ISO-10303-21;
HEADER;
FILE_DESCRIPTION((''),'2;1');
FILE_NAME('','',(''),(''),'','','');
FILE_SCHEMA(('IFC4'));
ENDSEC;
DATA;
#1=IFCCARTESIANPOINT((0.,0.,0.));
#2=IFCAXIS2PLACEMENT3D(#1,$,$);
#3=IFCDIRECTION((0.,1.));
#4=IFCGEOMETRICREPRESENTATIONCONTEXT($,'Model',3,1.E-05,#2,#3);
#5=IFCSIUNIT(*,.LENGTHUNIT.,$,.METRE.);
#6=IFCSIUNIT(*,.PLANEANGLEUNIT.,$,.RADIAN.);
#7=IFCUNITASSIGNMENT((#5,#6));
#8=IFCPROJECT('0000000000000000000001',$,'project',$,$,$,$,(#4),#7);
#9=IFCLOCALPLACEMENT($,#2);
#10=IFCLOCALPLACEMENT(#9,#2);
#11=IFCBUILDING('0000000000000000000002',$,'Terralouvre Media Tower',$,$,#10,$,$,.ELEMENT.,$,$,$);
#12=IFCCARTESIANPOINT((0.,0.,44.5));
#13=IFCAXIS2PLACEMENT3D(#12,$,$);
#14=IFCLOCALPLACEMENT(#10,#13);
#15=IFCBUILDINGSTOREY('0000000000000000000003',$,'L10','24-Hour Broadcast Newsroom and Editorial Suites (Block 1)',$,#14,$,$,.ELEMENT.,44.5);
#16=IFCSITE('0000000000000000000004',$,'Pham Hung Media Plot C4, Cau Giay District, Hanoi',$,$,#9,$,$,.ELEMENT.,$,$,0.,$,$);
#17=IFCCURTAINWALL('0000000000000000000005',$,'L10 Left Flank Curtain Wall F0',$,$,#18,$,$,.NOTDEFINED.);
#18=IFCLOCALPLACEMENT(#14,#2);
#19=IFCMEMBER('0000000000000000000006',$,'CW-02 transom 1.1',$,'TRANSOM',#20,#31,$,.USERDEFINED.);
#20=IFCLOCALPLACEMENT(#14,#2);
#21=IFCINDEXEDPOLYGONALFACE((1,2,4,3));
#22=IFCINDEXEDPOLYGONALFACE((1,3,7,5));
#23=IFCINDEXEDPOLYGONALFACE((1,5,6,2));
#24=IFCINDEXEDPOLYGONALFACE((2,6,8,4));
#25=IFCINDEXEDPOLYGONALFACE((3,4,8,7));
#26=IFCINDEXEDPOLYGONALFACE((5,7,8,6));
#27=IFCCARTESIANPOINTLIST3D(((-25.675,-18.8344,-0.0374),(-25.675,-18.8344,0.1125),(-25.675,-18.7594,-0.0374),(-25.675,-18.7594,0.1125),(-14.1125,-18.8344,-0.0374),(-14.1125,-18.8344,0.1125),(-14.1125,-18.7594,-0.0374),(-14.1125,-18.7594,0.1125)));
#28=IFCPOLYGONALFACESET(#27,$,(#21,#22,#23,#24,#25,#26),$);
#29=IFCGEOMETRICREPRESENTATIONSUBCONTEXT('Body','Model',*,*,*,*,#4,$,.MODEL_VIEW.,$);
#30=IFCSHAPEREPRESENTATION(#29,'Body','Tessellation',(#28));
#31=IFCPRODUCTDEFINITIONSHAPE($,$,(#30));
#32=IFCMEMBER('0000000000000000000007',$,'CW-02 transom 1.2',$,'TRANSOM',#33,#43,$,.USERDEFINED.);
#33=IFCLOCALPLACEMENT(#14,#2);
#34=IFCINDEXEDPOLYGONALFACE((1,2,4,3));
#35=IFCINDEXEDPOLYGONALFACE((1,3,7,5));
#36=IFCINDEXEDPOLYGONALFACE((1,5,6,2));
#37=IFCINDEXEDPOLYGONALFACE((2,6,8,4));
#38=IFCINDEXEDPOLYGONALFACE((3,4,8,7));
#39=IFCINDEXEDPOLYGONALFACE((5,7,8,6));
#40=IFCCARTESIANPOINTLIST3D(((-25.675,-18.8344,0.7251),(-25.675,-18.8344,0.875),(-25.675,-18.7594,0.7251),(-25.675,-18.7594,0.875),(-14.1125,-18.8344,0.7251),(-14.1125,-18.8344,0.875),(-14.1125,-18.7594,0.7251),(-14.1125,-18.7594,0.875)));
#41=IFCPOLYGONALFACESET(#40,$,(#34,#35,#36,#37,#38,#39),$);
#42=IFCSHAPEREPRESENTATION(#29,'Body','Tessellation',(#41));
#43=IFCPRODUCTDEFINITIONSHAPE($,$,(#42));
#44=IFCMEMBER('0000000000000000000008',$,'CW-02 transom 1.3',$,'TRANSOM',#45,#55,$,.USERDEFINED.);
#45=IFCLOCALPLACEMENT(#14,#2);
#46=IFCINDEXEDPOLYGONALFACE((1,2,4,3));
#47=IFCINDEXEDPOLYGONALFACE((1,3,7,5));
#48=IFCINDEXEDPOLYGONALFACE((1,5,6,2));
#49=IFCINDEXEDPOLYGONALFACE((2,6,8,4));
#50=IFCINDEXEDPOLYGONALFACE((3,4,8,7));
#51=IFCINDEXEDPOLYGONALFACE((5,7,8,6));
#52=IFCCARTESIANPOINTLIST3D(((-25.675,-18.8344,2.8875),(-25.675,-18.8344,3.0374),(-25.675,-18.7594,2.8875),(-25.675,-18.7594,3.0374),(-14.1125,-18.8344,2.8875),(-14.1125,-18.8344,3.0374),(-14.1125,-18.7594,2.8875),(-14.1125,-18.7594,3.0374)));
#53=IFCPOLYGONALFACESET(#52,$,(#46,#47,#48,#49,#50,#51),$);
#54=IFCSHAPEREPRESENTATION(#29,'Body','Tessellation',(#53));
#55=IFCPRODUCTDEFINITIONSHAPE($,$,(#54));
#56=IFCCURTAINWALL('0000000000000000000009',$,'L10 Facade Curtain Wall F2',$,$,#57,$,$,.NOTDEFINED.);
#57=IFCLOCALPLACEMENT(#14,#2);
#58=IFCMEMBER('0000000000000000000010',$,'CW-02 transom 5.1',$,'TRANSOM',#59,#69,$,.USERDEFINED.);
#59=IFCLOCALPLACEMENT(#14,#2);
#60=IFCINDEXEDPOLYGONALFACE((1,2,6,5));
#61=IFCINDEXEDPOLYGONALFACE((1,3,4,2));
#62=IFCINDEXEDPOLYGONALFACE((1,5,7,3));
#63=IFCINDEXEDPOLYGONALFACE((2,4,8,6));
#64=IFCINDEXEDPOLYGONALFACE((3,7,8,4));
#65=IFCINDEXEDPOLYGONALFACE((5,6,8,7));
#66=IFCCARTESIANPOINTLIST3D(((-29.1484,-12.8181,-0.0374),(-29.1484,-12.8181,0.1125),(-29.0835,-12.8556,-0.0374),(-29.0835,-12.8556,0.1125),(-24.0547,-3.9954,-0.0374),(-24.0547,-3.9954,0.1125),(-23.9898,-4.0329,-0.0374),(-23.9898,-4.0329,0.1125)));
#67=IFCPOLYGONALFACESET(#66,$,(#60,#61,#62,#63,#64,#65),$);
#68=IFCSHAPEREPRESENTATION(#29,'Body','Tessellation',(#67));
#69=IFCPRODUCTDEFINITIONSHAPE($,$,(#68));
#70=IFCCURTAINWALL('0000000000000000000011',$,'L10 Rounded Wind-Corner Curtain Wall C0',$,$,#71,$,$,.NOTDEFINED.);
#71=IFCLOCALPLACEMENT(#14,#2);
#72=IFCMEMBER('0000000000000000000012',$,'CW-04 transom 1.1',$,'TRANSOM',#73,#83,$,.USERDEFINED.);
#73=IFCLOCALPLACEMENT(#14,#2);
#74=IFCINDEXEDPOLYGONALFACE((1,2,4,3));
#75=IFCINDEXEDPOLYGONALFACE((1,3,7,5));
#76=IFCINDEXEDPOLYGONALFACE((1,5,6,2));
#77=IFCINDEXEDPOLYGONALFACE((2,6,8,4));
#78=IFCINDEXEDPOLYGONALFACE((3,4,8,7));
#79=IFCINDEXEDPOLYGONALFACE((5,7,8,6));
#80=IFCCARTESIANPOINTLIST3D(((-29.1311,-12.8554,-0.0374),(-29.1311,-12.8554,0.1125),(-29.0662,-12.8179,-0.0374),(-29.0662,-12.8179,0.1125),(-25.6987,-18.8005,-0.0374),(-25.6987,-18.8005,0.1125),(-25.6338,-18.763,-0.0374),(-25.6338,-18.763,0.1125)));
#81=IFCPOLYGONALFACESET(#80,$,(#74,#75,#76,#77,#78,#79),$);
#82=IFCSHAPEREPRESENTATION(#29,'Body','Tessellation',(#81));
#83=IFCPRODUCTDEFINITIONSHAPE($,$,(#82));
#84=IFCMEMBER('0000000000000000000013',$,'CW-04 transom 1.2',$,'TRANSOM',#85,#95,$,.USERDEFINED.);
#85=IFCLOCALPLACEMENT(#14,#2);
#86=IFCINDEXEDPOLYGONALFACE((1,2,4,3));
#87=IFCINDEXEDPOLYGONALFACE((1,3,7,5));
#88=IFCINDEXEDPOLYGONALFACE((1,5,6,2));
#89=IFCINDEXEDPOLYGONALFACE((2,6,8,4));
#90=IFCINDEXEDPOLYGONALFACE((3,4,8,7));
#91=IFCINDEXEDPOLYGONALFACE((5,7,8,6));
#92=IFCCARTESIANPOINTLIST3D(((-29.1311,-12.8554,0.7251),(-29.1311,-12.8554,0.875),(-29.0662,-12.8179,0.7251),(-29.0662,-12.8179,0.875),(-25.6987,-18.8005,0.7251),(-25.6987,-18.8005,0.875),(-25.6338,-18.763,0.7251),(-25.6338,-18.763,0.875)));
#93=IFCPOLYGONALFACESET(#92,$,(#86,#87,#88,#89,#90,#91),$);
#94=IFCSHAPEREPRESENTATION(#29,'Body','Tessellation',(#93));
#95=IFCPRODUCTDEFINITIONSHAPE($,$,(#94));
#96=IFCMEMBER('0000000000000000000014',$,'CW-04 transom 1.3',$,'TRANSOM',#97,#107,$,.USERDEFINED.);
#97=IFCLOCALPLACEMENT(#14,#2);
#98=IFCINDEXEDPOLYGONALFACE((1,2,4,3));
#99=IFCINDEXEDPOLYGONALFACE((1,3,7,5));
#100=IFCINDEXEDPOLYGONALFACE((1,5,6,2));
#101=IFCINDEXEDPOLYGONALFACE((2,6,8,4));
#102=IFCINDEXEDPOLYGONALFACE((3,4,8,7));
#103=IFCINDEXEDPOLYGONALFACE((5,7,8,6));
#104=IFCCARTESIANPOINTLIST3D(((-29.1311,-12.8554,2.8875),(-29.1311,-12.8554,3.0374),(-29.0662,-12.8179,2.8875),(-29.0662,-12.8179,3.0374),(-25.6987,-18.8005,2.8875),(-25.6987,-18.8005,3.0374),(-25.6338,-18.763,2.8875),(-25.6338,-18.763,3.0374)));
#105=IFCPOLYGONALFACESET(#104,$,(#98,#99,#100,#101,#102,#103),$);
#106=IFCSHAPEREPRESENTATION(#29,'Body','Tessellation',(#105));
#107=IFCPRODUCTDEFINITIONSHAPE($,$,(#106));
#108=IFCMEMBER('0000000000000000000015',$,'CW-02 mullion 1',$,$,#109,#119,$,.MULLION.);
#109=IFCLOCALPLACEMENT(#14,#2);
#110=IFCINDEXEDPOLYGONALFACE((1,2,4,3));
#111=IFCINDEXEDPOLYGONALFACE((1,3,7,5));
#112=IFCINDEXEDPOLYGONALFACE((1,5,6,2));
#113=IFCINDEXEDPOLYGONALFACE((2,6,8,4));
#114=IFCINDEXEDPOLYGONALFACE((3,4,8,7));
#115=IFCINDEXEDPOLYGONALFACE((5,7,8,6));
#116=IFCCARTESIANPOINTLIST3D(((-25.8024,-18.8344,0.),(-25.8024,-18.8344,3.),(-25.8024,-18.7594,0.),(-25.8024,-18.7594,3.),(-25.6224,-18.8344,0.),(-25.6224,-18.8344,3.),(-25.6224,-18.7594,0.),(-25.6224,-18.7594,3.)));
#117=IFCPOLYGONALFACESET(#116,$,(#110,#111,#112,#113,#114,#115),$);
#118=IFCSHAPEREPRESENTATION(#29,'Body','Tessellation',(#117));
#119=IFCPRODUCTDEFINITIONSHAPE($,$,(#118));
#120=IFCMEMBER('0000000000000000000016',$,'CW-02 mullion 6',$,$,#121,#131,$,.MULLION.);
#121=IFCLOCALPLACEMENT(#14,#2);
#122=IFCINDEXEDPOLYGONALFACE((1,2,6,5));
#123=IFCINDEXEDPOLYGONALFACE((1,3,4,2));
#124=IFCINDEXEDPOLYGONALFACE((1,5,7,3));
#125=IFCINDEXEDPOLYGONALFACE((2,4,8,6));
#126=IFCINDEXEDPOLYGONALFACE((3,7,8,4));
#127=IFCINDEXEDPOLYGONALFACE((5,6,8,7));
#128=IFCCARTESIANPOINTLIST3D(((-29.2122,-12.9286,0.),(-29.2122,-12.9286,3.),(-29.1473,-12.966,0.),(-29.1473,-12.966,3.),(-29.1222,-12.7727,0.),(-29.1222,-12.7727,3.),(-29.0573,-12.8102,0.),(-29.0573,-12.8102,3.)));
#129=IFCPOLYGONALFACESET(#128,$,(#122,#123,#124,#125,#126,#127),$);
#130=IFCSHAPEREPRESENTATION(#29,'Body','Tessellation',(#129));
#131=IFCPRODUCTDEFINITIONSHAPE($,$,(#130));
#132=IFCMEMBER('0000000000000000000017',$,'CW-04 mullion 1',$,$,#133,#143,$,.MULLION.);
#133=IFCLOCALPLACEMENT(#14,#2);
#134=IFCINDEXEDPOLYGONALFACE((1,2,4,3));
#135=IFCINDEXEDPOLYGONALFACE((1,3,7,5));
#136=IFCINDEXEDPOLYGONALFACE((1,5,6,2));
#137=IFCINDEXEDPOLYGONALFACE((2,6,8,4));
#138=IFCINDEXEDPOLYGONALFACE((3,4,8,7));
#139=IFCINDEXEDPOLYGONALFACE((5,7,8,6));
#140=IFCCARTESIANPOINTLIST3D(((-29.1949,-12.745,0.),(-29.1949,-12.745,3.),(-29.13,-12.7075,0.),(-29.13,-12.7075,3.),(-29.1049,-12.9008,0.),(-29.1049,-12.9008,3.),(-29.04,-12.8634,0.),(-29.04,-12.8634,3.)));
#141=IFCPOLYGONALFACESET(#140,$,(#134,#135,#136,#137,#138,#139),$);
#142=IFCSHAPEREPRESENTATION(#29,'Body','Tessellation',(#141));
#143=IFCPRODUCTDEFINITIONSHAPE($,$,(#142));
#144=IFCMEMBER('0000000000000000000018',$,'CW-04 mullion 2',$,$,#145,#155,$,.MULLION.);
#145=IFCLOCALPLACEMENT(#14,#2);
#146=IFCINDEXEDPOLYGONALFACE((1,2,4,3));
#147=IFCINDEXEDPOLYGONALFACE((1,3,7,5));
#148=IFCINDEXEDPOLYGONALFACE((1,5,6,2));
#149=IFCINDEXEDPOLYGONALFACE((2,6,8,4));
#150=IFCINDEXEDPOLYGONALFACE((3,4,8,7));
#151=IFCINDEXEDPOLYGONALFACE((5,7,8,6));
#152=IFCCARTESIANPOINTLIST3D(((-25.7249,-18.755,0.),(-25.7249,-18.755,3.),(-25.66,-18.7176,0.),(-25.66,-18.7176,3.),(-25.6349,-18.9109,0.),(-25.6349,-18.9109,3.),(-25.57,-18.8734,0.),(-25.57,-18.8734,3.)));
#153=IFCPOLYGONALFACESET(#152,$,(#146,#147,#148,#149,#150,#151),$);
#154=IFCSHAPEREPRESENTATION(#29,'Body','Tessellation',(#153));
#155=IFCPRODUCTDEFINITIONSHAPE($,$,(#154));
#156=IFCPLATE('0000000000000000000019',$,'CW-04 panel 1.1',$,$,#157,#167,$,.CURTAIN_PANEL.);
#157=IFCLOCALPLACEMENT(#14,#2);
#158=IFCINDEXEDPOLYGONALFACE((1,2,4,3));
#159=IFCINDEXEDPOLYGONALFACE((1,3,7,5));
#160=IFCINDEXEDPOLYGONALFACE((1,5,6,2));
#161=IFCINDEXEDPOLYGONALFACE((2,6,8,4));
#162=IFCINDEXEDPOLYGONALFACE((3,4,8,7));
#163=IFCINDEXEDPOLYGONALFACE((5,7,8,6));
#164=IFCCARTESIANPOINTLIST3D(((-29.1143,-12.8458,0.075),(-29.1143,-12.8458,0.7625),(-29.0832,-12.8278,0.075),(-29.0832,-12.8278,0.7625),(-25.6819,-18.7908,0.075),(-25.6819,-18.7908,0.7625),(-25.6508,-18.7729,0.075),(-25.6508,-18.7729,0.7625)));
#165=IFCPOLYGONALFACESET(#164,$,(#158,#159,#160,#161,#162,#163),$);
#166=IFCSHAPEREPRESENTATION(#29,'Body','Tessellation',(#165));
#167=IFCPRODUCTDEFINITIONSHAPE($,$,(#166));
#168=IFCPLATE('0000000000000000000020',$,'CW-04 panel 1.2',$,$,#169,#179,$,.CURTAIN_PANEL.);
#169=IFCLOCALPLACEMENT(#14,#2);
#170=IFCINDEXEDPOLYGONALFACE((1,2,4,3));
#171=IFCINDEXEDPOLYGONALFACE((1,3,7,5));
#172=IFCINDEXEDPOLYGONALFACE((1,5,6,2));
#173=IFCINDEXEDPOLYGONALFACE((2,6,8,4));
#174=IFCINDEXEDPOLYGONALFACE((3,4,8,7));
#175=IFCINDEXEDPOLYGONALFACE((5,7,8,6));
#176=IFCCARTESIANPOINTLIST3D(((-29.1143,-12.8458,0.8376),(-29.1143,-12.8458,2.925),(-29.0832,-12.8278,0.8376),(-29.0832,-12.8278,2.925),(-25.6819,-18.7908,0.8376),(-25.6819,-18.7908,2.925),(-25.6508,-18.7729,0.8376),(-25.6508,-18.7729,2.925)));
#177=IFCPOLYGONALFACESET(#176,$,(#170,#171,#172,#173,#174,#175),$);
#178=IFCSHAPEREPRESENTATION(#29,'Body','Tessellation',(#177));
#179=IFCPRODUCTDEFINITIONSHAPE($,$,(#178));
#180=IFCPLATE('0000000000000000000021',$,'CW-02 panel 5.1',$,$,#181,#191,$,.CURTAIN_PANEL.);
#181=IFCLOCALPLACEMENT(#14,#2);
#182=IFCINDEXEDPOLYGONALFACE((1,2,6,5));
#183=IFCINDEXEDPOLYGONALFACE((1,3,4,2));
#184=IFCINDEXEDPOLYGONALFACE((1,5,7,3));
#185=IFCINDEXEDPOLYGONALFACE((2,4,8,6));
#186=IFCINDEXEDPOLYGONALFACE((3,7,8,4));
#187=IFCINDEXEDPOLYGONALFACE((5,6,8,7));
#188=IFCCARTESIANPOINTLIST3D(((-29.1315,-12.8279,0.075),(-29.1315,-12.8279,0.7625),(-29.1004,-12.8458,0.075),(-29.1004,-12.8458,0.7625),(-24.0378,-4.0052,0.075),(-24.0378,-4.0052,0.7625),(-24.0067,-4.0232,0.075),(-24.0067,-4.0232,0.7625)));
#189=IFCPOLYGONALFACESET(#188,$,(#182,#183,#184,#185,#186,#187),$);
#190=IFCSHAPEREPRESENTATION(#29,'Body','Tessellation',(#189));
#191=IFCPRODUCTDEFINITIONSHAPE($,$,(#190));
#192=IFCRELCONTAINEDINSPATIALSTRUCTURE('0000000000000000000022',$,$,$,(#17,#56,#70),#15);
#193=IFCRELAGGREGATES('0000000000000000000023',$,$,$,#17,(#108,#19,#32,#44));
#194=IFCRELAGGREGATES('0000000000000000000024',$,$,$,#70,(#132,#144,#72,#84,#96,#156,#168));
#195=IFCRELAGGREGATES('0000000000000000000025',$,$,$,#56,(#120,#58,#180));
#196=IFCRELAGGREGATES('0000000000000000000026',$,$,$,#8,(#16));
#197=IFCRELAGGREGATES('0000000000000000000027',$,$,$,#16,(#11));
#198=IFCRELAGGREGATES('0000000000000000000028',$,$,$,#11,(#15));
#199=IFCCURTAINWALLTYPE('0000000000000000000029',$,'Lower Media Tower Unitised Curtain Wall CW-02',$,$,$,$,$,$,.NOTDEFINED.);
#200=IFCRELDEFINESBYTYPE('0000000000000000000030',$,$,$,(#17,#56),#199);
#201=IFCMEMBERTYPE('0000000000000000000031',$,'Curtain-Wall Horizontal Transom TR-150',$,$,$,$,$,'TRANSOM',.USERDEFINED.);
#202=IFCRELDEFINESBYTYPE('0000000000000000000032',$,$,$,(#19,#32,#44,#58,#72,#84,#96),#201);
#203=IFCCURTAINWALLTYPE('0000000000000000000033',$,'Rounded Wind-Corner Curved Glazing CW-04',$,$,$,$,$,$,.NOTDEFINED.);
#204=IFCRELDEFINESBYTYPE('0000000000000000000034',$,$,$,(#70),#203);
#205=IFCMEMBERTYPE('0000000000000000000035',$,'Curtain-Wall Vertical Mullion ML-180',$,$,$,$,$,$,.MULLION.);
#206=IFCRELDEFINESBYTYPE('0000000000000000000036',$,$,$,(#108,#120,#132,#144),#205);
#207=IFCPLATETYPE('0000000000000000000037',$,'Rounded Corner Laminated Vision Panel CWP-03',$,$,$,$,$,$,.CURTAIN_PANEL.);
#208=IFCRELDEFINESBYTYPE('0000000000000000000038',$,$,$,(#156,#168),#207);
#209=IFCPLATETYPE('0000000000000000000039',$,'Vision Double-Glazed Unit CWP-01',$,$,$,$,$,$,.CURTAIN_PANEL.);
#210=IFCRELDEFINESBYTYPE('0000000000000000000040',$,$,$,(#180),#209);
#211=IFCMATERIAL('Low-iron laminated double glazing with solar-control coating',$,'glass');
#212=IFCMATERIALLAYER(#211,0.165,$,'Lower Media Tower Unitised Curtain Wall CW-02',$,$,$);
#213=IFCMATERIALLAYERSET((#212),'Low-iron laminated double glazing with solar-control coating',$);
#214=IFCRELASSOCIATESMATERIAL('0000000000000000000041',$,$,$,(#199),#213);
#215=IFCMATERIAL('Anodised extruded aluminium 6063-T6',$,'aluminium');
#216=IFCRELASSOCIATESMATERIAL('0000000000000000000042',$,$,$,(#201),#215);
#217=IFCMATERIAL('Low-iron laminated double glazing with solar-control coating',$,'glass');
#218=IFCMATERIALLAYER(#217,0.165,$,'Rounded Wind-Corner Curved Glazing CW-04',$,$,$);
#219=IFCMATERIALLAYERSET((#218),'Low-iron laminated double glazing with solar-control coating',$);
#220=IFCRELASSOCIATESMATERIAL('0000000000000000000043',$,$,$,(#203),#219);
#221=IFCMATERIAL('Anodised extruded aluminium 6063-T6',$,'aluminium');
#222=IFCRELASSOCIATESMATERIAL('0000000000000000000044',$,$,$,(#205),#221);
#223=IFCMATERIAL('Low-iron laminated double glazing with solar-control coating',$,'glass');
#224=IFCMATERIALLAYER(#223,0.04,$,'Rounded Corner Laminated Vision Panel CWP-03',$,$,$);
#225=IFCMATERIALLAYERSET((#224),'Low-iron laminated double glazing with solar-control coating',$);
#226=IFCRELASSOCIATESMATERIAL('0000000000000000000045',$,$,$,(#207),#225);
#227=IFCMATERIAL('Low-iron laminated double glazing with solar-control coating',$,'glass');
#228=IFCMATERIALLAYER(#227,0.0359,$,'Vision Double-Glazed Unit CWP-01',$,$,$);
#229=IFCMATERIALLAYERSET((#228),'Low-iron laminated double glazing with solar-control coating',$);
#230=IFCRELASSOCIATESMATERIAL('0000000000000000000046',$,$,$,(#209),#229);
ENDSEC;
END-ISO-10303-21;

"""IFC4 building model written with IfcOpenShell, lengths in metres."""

from ifc_helpers import new_model, si_unit, direction, frame, origin, origin_2d, place, context, subcontext, project, spatial, rectangle, extrude, material, layer, layer_set, material_profile, profile_set, type_object, element, aggregate, save


model = new_model("IFC4")

# Units and contexts
model_context = context("Model", 3, precision=1e-05, world=origin(), true_north=direction((0.0, 1.0)))
body_context = subcontext(model_context, "Body", "Model", "MODEL_VIEW")
ifc_project = project(units=[si_unit("LENGTHUNIT", "METRE"), si_unit("PLANEANGLEUNIT", "RADIAN")], contexts=[model_context])

# Site, building, storey
site_placement = place(None, origin())
site = spatial("IfcSite", under=ifc_project, at=site_placement, Name="Pham Hung Media Plot C4, Cau Giay District, Hanoi", CompositionType="ELEMENT", RefElevation=0.0)
building_placement = place(site_placement, origin())
building = spatial("IfcBuilding", under=site, at=building_placement, Name="Terralouvre Media Tower", CompositionType="ELEMENT")
storey_placement = place(building_placement, frame((0.0, 0.0, 44.5)))
storey = spatial("IfcBuildingStorey", under=building, at=storey_placement, Name="L10", Description="24-Hour Broadcast Newsroom and Editorial Suites (Block 1)", CompositionType="ELEMENT", Elevation=44.5)

# Curtain wall, members
ifc_material_1 = material(Name="Low-iron laminated double glazing with solar-control coating", Category="glass")
ifc_layer_1 = layer(ifc_material_1, 0.165, Name="Lower Media Tower Unitised Curtain Wall CW-02")
ifc_layer_set_1 = layer_set([ifc_layer_1], Name="Low-iron laminated double glazing with solar-control coating")
curtain_wall_type_1 = type_object("IfcCurtainWallType", Name="Lower Media Tower Unitised Curtain Wall CW-02", PredefinedType="NOTDEFINED", material=ifc_layer_set_1)
curtain_wall_1_placement = place(storey_placement, origin())
curtain_wall_1 = element("IfcCurtainWall", 1, at=curtain_wall_1_placement, inside=storey, type_object=curtain_wall_type_1, Name="L10 Left Flank Curtain Wall F0", PredefinedType="NOTDEFINED")
ifc_material_2 = material(Name="Anodised extruded aluminium 6063-T6", Category="aluminium")
ifc_material_profile_1 = material_profile(ifc_material_2, rectangle(XDim=0.075, YDim=0.1499, at=origin_2d()), Name="ALU 75x150")
ifc_profile_set_1 = profile_set([ifc_material_profile_1], Name="Anodised extruded aluminium 6063-T6")
member_type_1 = type_object("IfcMemberType", Name="Curtain-Wall Horizontal Transom TR-150", ElementType="TRANSOM", PredefinedType="USERDEFINED", material=ifc_profile_set_1)
member_1_placement = place(storey_placement, frame((-25.675, -18.7969, 0.0376), z_axis=(1.0, 0.0, 0.0), x_axis=(0.0, 1.0, 0.0)))
member_1 = element("IfcMember", 2, at=member_1_placement, type_object=member_type_1, Name="CW-02 transom 1.1", ObjectType="TRANSOM", PredefinedType="USERDEFINED", context=body_context, shape_type="SweptSolid", body=[
    extrude(rectangle(XDim=0.075, YDim=0.1499, at=origin_2d()), origin(), (0.0, 0.0, 1.0), 11.5625),
])
member_2_placement = place(storey_placement, frame((-25.675, -18.7969, 0.8), z_axis=(1.0, 0.0, 0.0), x_axis=(0.0, 1.0, 0.0)))
member_2 = element("IfcMember", 3, at=member_2_placement, type_object=member_type_1, Name="CW-02 transom 1.2", ObjectType="TRANSOM", PredefinedType="USERDEFINED", context=body_context, shape_type="SweptSolid", body=[
    extrude(rectangle(XDim=0.075, YDim=0.1499, at=origin_2d()), origin(), (0.0, 0.0, 1.0), 11.5625),
])
member_3_placement = place(storey_placement, frame((-25.675, -18.7969, 2.9624), z_axis=(1.0, 0.0, 0.0), x_axis=(0.0, 1.0, 0.0)))
member_3 = element("IfcMember", 4, at=member_3_placement, type_object=member_type_1, Name="CW-02 transom 1.3", ObjectType="TRANSOM", PredefinedType="USERDEFINED", context=body_context, shape_type="SweptSolid", body=[
    extrude(rectangle(XDim=0.075, YDim=0.1499, at=origin_2d()), origin(), (0.0, 0.0, 1.0), 11.5625),
])

# Curtain wall, member
curtain_wall_2_placement = place(storey_placement, origin())
curtain_wall_2 = element("IfcCurtainWall", 5, at=curtain_wall_2_placement, inside=storey, type_object=curtain_wall_type_1, Name="L10 Facade Curtain Wall F2", PredefinedType="NOTDEFINED")
member_4_placement = place(storey_placement, frame((-24.0222, -4.0142, 0.0376), z_axis=(-0.499995, -0.866028, 0.0), x_axis=(0.866028, -0.499995, 0.0)))
member_4 = element("IfcMember", 6, at=member_4_placement, type_object=member_type_1, Name="CW-02 transom 5.1", ObjectType="TRANSOM", PredefinedType="USERDEFINED", context=body_context, shape_type="SweptSolid", body=[
    extrude(rectangle(XDim=0.075, YDim=0.1499, at=origin_2d()), origin(), (0.0, 0.0, 1.0), 10.1875),
])

# Curtain wall, members
ifc_material_3 = material(Name="Low-iron laminated double glazing with solar-control coating", Category="glass")
ifc_layer_2 = layer(ifc_material_3, 0.165, Name="Rounded Wind-Corner Curved Glazing CW-04")
ifc_layer_set_2 = layer_set([ifc_layer_2], Name="Low-iron laminated double glazing with solar-control coating")
curtain_wall_type_2 = type_object("IfcCurtainWallType", Name="Rounded Wind-Corner Curved Glazing CW-04", PredefinedType="NOTDEFINED", material=ifc_layer_set_2)
curtain_wall_3_placement = place(storey_placement, origin())
curtain_wall_3 = element("IfcCurtainWall", 7, at=curtain_wall_3_placement, inside=storey, type_object=curtain_wall_type_2, Name="L10 Rounded Wind-Corner Curtain Wall C0", PredefinedType="NOTDEFINED")
member_5_placement = place(storey_placement, frame((-29.0986, -12.8367, 0.0376), z_axis=(0.499998, -0.866026, 0.0), x_axis=(0.866026, 0.499998, 0.0)))
member_5 = element("IfcMember", 8, at=member_5_placement, type_object=member_type_1, Name="CW-04 transom 1.1", ObjectType="TRANSOM", PredefinedType="USERDEFINED", context=body_context, shape_type="SweptSolid", body=[
    extrude(rectangle(XDim=0.075, YDim=0.1499, at=origin_2d()), origin(), (0.0, 0.0, 1.0), 6.8647),
])
member_6_placement = place(storey_placement, frame((-29.0986, -12.8367, 0.8), z_axis=(0.499998, -0.866026, 0.0), x_axis=(0.866026, 0.499998, 0.0)))
member_6 = element("IfcMember", 9, at=member_6_placement, type_object=member_type_1, Name="CW-04 transom 1.2", ObjectType="TRANSOM", PredefinedType="USERDEFINED", context=body_context, shape_type="SweptSolid", body=[
    extrude(rectangle(XDim=0.075, YDim=0.1499, at=origin_2d()), origin(), (0.0, 0.0, 1.0), 6.8647),
])
member_7_placement = place(storey_placement, frame((-29.0986, -12.8367, 2.9624), z_axis=(0.499998, -0.866026, 0.0), x_axis=(0.866026, 0.499998, 0.0)))
member_7 = element("IfcMember", 10, at=member_7_placement, type_object=member_type_1, Name="CW-04 transom 1.3", ObjectType="TRANSOM", PredefinedType="USERDEFINED", context=body_context, shape_type="SweptSolid", body=[
    extrude(rectangle(XDim=0.075, YDim=0.1499, at=origin_2d()), origin(), (0.0, 0.0, 1.0), 6.8647),
])

# Members
ifc_material_4 = material(Name="Anodised extruded aluminium 6063-T6", Category="aluminium")
ifc_material_profile_2 = material_profile(ifc_material_4, rectangle(XDim=0.075, YDim=0.1799, at=origin_2d()), Name="ALU 75x180")
ifc_profile_set_2 = profile_set([ifc_material_profile_2], Name="Anodised extruded aluminium 6063-T6")
member_type_2 = type_object("IfcMemberType", Name="Curtain-Wall Vertical Mullion ML-180", PredefinedType="MULLION", material=ifc_profile_set_2)
member_8_placement = place(storey_placement, frame((-25.7124, -18.7969, 0.0), z_axis=(0.0, 0.0, 1.0), x_axis=(0.0, 1.0, 0.0)))
member_8 = element("IfcMember", 11, at=member_8_placement, type_object=member_type_2, Name="CW-02 mullion 1", PredefinedType="MULLION", context=body_context, shape_type="SweptSolid", body=[
    extrude(rectangle(XDim=0.075, YDim=0.1799, at=origin_2d()), origin(), (0.0, 0.0, 1.0), 3.0),
])
aggregate(curtain_wall_1, [member_8, member_1, member_2, member_3])
member_9_placement = place(storey_placement, frame((-29.1348, -12.8694, 0.0), z_axis=(0.0, 0.0, 1.0), x_axis=(0.866025, -0.5, 0.0)))
member_9 = element("IfcMember", 12, at=member_9_placement, type_object=member_type_2, Name="CW-02 mullion 6", PredefinedType="MULLION", context=body_context, shape_type="SweptSolid", body=[
    extrude(rectangle(XDim=0.075, YDim=0.1799, at=origin_2d()), origin(), (0.0, 0.0, 1.0), 3.0),
])
member_10_placement = place(storey_placement, frame((-29.1174, -12.8042, 0.0), z_axis=(0.0, 0.0, 1.0), x_axis=(0.866026, 0.5, 0.0)))
member_10 = element("IfcMember", 13, at=member_10_placement, type_object=member_type_2, Name="CW-04 mullion 1", PredefinedType="MULLION", context=body_context, shape_type="SweptSolid", body=[
    extrude(rectangle(XDim=0.075, YDim=0.1799, at=origin_2d()), origin(), (0.0, 0.0, 1.0), 3.0),
])
member_11_placement = place(storey_placement, frame((-25.6475, -18.8142, 0.0), z_axis=(0.0, 0.0, 1.0), x_axis=(0.866026, 0.5, 0.0)))
member_11 = element("IfcMember", 14, at=member_11_placement, type_object=member_type_2, Name="CW-04 mullion 2", PredefinedType="MULLION", context=body_context, shape_type="SweptSolid", body=[
    extrude(rectangle(XDim=0.075, YDim=0.1799, at=origin_2d()), origin(), (0.0, 0.0, 1.0), 3.0),
])

# Plates
ifc_material_5 = material(Name="Low-iron laminated double glazing with solar-control coating", Category="glass")
ifc_layer_3 = layer(ifc_material_5, 0.04, Name="Rounded Corner Laminated Vision Panel CWP-03")
ifc_layer_set_3 = layer_set([ifc_layer_3], Name="Low-iron laminated double glazing with solar-control coating")
plate_type_1 = type_object("IfcPlateType", Name="Rounded Corner Laminated Vision Panel CWP-03", PredefinedType="CURTAIN_PANEL", material=ifc_layer_set_3)
plate_1_placement = place(storey_placement, frame((-27.3826, -15.8093, 0.075), z_axis=(0.0, 0.0, 1.0), x_axis=(0.5, -0.866026, 0.0)))
plate_1 = element("IfcPlate", 15, at=plate_1_placement, type_object=plate_type_1, Name="CW-04 panel 1.1", PredefinedType="CURTAIN_PANEL", context=body_context, shape_type="SweptSolid", body=[
    extrude(rectangle(XDim=6.8647, YDim=0.0359, at=origin_2d()), origin(), (0.0, 0.0, 1.0), 0.6875),
])
plate_2_placement = place(storey_placement, frame((-27.3826, -15.8093, 0.8376), z_axis=(0.0, 0.0, 1.0), x_axis=(0.5, -0.866026, 0.0)))
plate_2 = element("IfcPlate", 16, at=plate_2_placement, type_object=plate_type_1, Name="CW-04 panel 1.2", PredefinedType="CURTAIN_PANEL", context=body_context, shape_type="SweptSolid", body=[
    extrude(rectangle(XDim=6.8647, YDim=0.0359, at=origin_2d()), origin(), (0.0, 0.0, 1.0), 2.0874),
])
aggregate(curtain_wall_3, [member_10, member_11, member_5, member_6, member_7, plate_1, plate_2])
ifc_material_6 = material(Name="Low-iron laminated double glazing with solar-control coating", Category="glass")
ifc_layer_4 = layer(ifc_material_6, 0.0359, Name="Vision Double-Glazed Unit CWP-01")
ifc_layer_set_4 = layer_set([ifc_layer_4], Name="Low-iron laminated double glazing with solar-control coating")
plate_type_2 = type_object("IfcPlateType", Name="Vision Double-Glazed Unit CWP-01", PredefinedType="CURTAIN_PANEL", material=ifc_layer_set_4)
plate_3_placement = place(storey_placement, frame((-26.5691, -8.4255, 0.075), z_axis=(0.0, 0.0, 1.0), x_axis=(-0.5, -0.866025, 0.0)))
plate_3 = element("IfcPlate", 17, at=plate_3_placement, type_object=plate_type_2, Name="CW-02 panel 5.1", PredefinedType="CURTAIN_PANEL", context=body_context, shape_type="SweptSolid", body=[
    extrude(rectangle(XDim=10.1875, YDim=0.0359, at=origin_2d()), origin(), (0.0, 0.0, 1.0), 0.6875),
])
aggregate(curtain_wall_2, [member_9, member_4, plate_3])

save(model, "model.ifc")
